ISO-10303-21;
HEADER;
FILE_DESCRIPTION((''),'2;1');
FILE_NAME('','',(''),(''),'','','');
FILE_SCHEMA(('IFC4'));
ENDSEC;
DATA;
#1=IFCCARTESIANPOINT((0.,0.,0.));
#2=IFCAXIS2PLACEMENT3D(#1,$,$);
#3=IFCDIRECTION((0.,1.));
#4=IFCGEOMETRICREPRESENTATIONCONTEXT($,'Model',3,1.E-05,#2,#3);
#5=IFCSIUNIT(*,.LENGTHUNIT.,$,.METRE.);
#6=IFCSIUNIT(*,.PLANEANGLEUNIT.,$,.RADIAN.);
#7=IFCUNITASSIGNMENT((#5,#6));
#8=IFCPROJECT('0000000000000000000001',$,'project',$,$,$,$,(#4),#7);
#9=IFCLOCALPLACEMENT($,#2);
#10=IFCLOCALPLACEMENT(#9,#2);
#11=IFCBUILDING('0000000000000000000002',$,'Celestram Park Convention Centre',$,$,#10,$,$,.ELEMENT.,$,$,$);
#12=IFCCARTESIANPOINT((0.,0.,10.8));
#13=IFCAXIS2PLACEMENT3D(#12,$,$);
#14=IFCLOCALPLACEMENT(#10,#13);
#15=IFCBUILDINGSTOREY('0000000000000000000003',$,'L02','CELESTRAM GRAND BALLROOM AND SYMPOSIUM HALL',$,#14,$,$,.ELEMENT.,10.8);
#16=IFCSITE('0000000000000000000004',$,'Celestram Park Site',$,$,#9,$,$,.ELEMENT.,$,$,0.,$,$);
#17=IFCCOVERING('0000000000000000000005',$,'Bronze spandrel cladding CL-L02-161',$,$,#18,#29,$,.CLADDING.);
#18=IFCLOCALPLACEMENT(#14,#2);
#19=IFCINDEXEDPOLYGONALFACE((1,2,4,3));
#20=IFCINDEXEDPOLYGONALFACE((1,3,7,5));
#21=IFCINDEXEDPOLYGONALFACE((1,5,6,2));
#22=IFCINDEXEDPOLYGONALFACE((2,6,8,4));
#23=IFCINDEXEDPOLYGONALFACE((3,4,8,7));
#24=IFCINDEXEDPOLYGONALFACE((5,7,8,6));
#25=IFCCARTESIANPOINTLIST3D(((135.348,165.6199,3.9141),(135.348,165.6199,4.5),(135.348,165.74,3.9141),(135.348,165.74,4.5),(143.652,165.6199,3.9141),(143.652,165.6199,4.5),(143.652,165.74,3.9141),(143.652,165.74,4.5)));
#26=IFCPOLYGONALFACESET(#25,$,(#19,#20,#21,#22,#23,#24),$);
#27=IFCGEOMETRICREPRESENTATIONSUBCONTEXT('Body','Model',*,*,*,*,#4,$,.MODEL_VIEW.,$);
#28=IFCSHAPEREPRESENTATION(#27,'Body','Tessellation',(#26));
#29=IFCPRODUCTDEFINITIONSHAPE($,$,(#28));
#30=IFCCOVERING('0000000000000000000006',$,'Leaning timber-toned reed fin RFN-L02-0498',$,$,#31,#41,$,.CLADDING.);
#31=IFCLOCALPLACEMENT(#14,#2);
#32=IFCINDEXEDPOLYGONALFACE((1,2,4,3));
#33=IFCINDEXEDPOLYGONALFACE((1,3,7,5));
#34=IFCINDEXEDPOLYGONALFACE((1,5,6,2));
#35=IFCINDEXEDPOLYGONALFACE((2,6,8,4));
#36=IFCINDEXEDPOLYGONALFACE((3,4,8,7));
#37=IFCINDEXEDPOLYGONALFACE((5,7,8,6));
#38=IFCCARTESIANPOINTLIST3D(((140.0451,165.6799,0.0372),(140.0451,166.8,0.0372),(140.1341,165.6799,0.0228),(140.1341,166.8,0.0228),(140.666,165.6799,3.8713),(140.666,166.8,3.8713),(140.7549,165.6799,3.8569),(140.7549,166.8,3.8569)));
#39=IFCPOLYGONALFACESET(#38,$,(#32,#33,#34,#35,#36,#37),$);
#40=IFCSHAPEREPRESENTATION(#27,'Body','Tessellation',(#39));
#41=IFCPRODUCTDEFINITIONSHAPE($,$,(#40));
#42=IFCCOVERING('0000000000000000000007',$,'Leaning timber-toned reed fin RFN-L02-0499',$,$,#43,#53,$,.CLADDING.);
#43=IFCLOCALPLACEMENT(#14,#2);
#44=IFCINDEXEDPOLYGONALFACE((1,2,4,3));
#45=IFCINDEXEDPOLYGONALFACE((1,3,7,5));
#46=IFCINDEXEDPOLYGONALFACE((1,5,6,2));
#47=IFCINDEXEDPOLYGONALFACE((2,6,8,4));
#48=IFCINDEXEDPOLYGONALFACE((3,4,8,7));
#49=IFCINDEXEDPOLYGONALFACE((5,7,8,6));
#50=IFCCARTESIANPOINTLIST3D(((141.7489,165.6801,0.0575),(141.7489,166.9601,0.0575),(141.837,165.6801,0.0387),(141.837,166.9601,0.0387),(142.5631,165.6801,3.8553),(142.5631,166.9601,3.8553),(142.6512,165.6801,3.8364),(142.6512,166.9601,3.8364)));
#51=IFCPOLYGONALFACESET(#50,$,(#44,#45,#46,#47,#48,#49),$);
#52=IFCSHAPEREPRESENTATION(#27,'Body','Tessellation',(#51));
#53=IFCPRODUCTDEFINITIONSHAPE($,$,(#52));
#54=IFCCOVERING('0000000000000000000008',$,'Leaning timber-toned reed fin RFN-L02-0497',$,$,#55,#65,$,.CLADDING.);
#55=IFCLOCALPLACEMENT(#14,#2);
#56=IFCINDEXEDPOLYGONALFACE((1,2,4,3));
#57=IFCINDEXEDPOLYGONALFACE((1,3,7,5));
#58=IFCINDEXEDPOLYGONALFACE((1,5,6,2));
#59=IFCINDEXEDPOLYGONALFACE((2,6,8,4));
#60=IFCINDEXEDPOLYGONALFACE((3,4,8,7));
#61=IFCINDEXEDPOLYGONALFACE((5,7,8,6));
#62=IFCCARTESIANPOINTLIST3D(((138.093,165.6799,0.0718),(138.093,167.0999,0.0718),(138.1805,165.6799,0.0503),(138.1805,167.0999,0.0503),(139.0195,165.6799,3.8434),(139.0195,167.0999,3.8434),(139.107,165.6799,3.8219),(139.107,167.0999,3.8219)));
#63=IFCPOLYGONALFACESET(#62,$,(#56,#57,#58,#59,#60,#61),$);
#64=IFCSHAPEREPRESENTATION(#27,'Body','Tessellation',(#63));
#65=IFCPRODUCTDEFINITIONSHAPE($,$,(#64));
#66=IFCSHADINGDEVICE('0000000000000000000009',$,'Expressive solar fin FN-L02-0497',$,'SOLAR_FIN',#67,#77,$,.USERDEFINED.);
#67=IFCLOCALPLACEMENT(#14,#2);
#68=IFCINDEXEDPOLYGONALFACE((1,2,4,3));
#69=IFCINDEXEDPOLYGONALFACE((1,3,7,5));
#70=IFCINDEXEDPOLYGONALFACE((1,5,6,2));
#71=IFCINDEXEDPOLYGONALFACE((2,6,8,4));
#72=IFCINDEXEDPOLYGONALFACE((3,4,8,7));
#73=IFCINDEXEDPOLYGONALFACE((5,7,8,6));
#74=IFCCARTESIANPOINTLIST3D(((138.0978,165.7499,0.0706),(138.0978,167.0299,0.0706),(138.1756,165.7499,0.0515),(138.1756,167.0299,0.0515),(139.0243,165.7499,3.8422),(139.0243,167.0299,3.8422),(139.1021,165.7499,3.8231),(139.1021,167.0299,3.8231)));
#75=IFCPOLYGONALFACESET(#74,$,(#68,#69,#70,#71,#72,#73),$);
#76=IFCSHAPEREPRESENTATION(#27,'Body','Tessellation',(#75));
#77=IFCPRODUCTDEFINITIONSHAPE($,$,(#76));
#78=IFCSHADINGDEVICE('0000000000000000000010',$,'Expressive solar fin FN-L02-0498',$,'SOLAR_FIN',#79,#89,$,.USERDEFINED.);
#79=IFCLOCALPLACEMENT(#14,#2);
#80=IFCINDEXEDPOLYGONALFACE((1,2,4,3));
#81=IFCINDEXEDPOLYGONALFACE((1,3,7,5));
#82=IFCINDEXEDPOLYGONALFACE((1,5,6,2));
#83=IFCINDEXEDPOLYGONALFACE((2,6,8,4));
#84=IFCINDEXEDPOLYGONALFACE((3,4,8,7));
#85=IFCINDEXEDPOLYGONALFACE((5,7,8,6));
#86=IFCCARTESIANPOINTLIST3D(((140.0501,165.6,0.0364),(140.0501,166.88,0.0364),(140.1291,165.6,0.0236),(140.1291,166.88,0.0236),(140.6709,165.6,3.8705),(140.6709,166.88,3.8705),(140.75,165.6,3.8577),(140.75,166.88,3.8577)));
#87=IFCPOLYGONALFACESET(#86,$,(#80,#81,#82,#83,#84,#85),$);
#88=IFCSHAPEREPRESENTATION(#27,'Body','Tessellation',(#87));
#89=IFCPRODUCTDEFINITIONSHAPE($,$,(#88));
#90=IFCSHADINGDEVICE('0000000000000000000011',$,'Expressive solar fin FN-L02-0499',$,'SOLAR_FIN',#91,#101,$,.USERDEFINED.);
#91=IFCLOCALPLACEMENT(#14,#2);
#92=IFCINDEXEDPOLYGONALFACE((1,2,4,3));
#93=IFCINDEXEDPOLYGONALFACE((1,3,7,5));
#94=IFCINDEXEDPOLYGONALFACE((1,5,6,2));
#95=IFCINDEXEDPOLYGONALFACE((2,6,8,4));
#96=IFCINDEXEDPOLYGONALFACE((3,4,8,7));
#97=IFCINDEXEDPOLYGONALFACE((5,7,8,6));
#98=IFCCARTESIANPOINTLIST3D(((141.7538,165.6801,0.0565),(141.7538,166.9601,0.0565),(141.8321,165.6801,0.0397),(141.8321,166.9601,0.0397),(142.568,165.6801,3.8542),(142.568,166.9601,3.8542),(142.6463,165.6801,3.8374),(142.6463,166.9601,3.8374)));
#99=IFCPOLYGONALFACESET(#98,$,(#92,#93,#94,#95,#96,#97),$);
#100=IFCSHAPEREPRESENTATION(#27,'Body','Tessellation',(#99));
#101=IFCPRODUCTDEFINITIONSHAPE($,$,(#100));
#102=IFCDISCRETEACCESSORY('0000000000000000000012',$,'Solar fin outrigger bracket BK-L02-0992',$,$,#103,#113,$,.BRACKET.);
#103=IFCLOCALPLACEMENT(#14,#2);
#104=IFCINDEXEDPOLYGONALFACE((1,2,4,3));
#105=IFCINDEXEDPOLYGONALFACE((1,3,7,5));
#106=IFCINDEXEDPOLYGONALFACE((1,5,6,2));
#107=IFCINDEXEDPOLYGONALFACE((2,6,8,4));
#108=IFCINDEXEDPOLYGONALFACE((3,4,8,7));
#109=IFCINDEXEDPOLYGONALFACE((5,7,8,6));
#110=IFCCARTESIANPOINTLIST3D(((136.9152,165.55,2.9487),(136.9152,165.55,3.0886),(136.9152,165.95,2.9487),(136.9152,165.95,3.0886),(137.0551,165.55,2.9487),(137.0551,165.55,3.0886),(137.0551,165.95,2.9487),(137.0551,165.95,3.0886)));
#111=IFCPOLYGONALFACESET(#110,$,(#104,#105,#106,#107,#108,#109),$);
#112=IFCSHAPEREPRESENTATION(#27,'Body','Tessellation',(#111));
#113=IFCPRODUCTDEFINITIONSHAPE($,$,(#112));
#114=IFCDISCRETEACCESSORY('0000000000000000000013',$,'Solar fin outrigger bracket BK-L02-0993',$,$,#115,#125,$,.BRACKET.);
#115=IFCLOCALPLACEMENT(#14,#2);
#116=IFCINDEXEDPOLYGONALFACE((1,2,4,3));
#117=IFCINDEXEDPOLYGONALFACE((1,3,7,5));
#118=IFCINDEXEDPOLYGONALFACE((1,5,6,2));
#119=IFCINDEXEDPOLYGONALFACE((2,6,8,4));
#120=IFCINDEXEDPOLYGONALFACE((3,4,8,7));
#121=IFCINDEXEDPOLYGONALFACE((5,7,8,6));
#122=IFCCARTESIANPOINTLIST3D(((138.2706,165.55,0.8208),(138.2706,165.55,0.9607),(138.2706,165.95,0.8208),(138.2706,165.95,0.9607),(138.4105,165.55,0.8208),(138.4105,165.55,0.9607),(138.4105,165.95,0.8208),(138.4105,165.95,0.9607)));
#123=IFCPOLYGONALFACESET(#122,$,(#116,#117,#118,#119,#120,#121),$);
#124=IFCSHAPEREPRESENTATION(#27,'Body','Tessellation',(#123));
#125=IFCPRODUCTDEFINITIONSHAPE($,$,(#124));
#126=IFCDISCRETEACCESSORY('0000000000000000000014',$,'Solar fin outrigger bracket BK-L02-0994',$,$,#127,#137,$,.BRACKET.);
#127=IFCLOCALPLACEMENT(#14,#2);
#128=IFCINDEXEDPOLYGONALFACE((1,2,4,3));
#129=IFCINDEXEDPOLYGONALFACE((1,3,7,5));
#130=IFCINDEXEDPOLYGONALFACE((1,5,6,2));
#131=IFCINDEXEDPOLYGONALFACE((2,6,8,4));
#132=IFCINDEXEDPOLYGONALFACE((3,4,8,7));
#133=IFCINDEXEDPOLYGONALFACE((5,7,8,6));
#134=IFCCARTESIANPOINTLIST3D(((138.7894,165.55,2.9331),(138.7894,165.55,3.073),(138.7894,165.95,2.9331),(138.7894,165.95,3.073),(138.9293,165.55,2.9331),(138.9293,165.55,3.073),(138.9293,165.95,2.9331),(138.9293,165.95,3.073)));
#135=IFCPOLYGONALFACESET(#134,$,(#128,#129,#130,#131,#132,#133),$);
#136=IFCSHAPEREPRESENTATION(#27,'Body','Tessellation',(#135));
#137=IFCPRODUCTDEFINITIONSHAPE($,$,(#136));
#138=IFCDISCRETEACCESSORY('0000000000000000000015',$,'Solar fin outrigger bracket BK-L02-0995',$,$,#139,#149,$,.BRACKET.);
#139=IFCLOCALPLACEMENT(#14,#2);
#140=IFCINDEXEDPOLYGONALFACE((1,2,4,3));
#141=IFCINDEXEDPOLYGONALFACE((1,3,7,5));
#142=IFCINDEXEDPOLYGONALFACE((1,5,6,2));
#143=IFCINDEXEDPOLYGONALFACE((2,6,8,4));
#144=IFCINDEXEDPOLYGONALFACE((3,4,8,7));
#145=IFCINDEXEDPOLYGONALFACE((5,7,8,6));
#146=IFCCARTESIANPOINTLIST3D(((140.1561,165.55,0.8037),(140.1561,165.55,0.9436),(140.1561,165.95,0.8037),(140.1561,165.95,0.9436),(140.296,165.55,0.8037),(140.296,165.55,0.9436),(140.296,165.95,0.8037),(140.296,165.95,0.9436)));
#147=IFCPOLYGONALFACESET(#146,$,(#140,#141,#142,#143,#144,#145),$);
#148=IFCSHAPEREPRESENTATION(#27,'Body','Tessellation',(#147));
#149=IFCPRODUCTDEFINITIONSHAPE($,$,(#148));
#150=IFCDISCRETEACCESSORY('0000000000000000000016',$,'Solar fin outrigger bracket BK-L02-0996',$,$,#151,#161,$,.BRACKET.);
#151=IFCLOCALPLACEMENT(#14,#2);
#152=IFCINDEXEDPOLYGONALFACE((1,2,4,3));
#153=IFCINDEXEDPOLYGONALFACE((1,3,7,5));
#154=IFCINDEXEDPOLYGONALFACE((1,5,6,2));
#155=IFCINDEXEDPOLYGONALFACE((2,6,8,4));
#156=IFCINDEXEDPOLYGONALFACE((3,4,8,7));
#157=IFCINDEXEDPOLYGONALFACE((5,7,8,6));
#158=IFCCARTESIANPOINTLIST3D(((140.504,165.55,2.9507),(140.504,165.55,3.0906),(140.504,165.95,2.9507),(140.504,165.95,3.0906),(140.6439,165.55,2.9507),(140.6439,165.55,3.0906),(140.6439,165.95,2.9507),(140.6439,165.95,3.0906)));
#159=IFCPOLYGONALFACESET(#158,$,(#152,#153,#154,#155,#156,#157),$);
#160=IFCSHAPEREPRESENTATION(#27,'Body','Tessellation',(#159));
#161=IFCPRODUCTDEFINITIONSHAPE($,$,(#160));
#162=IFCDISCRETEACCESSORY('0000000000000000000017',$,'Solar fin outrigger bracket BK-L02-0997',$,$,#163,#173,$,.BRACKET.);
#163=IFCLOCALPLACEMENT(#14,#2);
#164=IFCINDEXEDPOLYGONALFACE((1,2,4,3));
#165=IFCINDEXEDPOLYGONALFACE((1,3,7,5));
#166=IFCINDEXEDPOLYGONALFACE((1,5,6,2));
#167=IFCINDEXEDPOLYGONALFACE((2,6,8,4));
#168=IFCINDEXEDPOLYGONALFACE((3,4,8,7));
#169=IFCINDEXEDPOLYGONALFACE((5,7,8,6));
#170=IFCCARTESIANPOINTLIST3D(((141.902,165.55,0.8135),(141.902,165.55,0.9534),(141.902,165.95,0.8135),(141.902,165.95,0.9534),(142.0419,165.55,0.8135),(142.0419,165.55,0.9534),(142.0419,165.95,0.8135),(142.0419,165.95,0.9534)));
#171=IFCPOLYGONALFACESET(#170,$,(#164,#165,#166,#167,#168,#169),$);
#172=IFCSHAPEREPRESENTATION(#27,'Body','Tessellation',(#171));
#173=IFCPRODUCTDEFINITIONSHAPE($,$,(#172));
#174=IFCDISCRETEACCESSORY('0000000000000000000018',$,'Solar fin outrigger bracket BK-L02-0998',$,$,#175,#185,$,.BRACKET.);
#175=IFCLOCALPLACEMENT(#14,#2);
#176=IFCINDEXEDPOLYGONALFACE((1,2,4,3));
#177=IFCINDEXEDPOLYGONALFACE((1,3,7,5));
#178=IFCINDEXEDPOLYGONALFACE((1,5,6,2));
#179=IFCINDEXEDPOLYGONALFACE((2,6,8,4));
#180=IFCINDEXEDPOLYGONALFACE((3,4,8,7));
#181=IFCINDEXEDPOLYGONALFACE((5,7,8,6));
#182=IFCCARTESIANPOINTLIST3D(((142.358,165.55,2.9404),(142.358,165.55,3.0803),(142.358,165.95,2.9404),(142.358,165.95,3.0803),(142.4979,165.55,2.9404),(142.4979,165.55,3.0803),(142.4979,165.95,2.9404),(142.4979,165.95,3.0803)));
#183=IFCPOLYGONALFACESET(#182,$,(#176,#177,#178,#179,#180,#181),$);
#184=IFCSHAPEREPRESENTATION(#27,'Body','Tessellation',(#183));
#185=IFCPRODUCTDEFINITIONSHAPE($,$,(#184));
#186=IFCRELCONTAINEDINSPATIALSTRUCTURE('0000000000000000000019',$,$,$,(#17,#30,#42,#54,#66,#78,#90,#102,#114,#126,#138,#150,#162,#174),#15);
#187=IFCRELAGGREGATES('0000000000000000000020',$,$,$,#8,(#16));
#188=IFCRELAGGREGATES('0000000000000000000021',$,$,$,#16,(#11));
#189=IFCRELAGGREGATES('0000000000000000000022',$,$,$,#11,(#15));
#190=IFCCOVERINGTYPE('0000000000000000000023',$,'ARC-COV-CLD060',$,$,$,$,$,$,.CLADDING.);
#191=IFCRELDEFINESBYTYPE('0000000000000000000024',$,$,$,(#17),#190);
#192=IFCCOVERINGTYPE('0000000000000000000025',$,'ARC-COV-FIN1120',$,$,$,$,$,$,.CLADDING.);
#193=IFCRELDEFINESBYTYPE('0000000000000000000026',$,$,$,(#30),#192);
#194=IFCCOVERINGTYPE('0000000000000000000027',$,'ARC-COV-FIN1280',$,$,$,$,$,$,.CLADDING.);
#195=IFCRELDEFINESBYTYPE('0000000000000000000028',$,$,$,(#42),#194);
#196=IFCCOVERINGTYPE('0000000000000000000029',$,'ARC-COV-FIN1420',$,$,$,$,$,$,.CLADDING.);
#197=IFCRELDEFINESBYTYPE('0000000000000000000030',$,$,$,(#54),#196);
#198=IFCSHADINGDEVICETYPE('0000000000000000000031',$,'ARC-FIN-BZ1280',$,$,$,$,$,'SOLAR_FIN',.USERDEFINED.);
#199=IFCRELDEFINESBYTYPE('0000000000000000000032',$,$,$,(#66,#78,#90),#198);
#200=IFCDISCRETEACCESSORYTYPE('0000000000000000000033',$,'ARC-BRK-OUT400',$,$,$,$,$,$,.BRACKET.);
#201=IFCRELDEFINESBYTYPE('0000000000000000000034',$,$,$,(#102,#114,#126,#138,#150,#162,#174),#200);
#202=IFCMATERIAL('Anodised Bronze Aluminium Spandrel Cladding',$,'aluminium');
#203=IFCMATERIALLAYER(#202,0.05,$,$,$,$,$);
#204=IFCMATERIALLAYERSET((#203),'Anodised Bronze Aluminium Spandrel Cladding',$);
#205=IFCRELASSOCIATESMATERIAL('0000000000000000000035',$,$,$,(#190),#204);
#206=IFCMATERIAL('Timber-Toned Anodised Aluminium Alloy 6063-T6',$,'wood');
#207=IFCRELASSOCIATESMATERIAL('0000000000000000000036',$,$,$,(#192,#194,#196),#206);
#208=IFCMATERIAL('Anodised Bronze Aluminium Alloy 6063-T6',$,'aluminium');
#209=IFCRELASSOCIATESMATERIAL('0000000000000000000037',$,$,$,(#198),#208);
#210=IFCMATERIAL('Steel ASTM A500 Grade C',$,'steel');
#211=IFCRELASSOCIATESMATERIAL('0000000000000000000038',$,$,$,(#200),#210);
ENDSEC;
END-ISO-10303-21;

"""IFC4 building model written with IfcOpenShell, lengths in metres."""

from ifc_helpers import new_model, si_unit, direction, frame, origin, origin_2d, place, context, subcontext, project, spatial, rectangle, extrude, material, layer, layer_set, material_profile, profile_set, type_object, element, save


model = new_model("IFC4")

# Units and contexts
model_context = context("Model", 3, precision=1e-05, world=origin(), true_north=direction((0.0, 1.0)))
body_context = subcontext(model_context, "Body", "Model", "MODEL_VIEW")
ifc_project = project(units=[si_unit("LENGTHUNIT", "METRE"), si_unit("PLANEANGLEUNIT", "RADIAN")], contexts=[model_context])

# Site, building, storey
site_placement = place(None, origin())
site = spatial("IfcSite", under=ifc_project, at=site_placement, Name="Celestram Park Site", CompositionType="ELEMENT", RefElevation=0.0)
building_placement = place(site_placement, origin())
building = spatial("IfcBuilding", under=site, at=building_placement, Name="Celestram Park Convention Centre", CompositionType="ELEMENT")
storey_placement = place(building_placement, frame((0.0, 0.0, 10.8)))
storey = spatial("IfcBuildingStorey", under=building, at=storey_placement, Name="L02", Description="CELESTRAM GRAND BALLROOM AND SYMPOSIUM HALL", CompositionType="ELEMENT", Elevation=10.8)

# Coverings
ifc_material_1 = material(Name="Anodised Bronze Aluminium Spandrel Cladding", Category="aluminium")
ifc_layer_1 = layer(ifc_material_1, 0.05)
ifc_layer_set_1 = layer_set([ifc_layer_1], Name="Anodised Bronze Aluminium Spandrel Cladding")
covering_type_1 = type_object("IfcCoveringType", Name="ARC-COV-CLD060", PredefinedType="CLADDING", material=ifc_layer_set_1)
covering_1_placement = place(storey_placement, frame((139.5, 165.6799, 3.9141), z_axis=(0.0, 0.0, 1.0), x_axis=(1.0, 0.0, 0.0)))
element("IfcCovering", 1, at=covering_1_placement, inside=storey, type_object=covering_type_1, Name="Bronze spandrel cladding CL-L02-161", PredefinedType="CLADDING", context=body_context, shape_type="SweptSolid", body=[
    extrude(rectangle(XDim=8.304, YDim=0.1201, at=origin_2d()), origin(), (0.0, 0.0, 1.0), 0.5859),
])
ifc_material_2 = material(Name="Timber-Toned Anodised Aluminium Alloy 6063-T6", Category="wood")
ifc_material_profile_1 = material_profile(ifc_material_2, rectangle(XDim=1.1201, YDim=0.0901, at=origin_2d()), Name="REED1120X90")
ifc_profile_set_1 = profile_set([ifc_material_profile_1], Name="Timber-Toned Anodised Aluminium Alloy 6063-T6")
covering_type_2 = type_object("IfcCoveringType", Name="ARC-COV-FIN1120", PredefinedType="CLADDING", material=ifc_profile_set_1)
covering_2_placement = place(storey_placement, frame((140.0896, 166.24, 0.03), z_axis=(0.159851, 0.0, 0.987141), x_axis=(0.0, 1.0, 0.0)))
element("IfcCovering", 2, at=covering_2_placement, inside=storey, type_object=covering_type_2, Name="Leaning timber-toned reed fin RFN-L02-0498", PredefinedType="CLADDING", context=body_context, shape_type="SweptSolid", body=[
    extrude(rectangle(XDim=1.1201, YDim=0.0901, at=origin_2d()), origin(), (0.0, 0.0, 1.0), 3.884),
])
ifc_material_profile_2 = material_profile(ifc_material_2, rectangle(XDim=1.28, YDim=0.0901, at=origin_2d()), Name="REED1280X90")
ifc_profile_set_2 = profile_set([ifc_material_profile_2], Name="Timber-Toned Anodised Aluminium Alloy 6063-T6")
covering_type_3 = type_object("IfcCoveringType", Name="ARC-COV-FIN1280", PredefinedType="CLADDING", material=ifc_profile_set_2)
covering_3_placement = place(storey_placement, frame((141.793, 166.3201, 0.0481), z_axis=(0.209624, 0.0, 0.977782), x_axis=(0.0, 1.0, 0.0)))
element("IfcCovering", 3, at=covering_3_placement, inside=storey, type_object=covering_type_3, Name="Leaning timber-toned reed fin RFN-L02-0499", PredefinedType="CLADDING", context=body_context, shape_type="SweptSolid", body=[
    extrude(rectangle(XDim=1.28, YDim=0.0901, at=origin_2d()), origin(), (0.0, 0.0, 1.0), 3.884),
])
ifc_material_profile_3 = material_profile(ifc_material_2, rectangle(XDim=1.4199, YDim=0.0901, at=origin_2d()), Name="REED1420X90")
ifc_profile_set_3 = profile_set([ifc_material_profile_3], Name="Timber-Toned Anodised Aluminium Alloy 6063-T6")
covering_type_4 = type_object("IfcCoveringType", Name="ARC-COV-FIN1420", PredefinedType="CLADDING", material=ifc_profile_set_3)
covering_4_placement = place(storey_placement, frame((138.1367, 166.3899, 0.061), z_axis=(0.238555, 0.0, 0.971129), x_axis=(0.0, 1.0, 0.0)))
element("IfcCovering", 4, at=covering_4_placement, inside=storey, type_object=covering_type_4, Name="Leaning timber-toned reed fin RFN-L02-0497", PredefinedType="CLADDING", context=body_context, shape_type="SweptSolid", body=[
    extrude(rectangle(XDim=1.4199, YDim=0.0901, at=origin_2d()), origin(), (0.0, 0.0, 1.0), 3.8838),
])

# Shading devices
ifc_material_3 = material(Name="Anodised Bronze Aluminium Alloy 6063-T6", Category="aluminium")
ifc_material_profile_4 = material_profile(ifc_material_3, rectangle(XDim=1.28, YDim=0.0801, at=origin_2d()), Name="FIN1280X80")
ifc_profile_set_4 = profile_set([ifc_material_profile_4], Name="Anodised Bronze Aluminium Alloy 6063-T6")
shading_device_type = type_object("IfcShadingDeviceType", Name="ARC-FIN-BZ1280", ElementType="SOLAR_FIN", PredefinedType="USERDEFINED", material=ifc_profile_set_4)
shading_device_placement = place(storey_placement, frame((138.1367, 166.3899, 0.061), z_axis=(0.238555, 0.0, 0.971129), x_axis=(0.0, 1.0, 0.0)))
element("IfcShadingDevice", 5, at=shading_device_placement, inside=storey, type_object=shading_device_type, Name="Expressive solar fin FN-L02-0497", ObjectType="SOLAR_FIN", PredefinedType="USERDEFINED", context=body_context, shape_type="SweptSolid", body=[
    extrude(rectangle(XDim=1.28, YDim=0.0801, at=origin_2d()), origin(), (0.0, 0.0, 1.0), 3.8838),
])
for number, where, z_axis, x_axis, name in (
    (6, (140.0896, 166.24, 0.03), (0.159851, 0.0, 0.987141), (0.0, 1.0, 0.0), "Expressive solar fin FN-L02-0498"),
    (7, (141.793, 166.3201, 0.0481), (0.209624, 0.0, 0.977782), (0.0, 1.0, 0.0), "Expressive solar fin FN-L02-0499"),
):
    element("IfcShadingDevice", number, at=place(storey_placement, frame(where, z_axis=z_axis, x_axis=x_axis)), inside=storey, type_object=shading_device_type, Name=name, ObjectType="SOLAR_FIN", PredefinedType="USERDEFINED", context=body_context, shape_type="SweptSolid", body=[
        extrude(rectangle(XDim=1.28, YDim=0.0801, at=origin_2d()), origin(), (0.0, 0.0, 1.0), 3.884),
    ])

# Discrete accessories
ifc_material_4 = material(Name="Steel ASTM A500 Grade C", Category="steel")
discrete_accessory_type = type_object("IfcDiscreteAccessoryType", Name="ARC-BRK-OUT400", PredefinedType="BRACKET", material=ifc_material_4)
for number, where, z_axis, x_axis, name in (
    (8, (136.9851, 165.75, 2.9487), (0.0, 0.0, 1.0), (0.0, 1.0, 0.0), "Solar fin outrigger bracket BK-L02-0992"),
    (9, (138.3406, 165.75, 0.8208), (0.0, 0.0, 1.0), (0.0, 1.0, 0.0), "Solar fin outrigger bracket BK-L02-0993"),
    (10, (138.8594, 165.75, 2.9331), (0.0, 0.0, 1.0), (0.0, 1.0, 0.0), "Solar fin outrigger bracket BK-L02-0994"),
    (11, (140.2261, 165.75, 0.8037), (0.0, 0.0, 1.0), (0.0, 1.0, 0.0), "Solar fin outrigger bracket BK-L02-0995"),
    (12, (140.574, 165.75, 2.9507), (0.0, 0.0, 1.0), (0.0, 1.0, 0.0), "Solar fin outrigger bracket BK-L02-0996"),
    (13, (141.9719, 165.75, 0.8135), (0.0, 0.0, 1.0), (0.0, 1.0, 0.0), "Solar fin outrigger bracket BK-L02-0997"),
    (14, (142.428, 165.75, 2.9404), (0.0, 0.0, 1.0), (0.0, 1.0, 0.0), "Solar fin outrigger bracket BK-L02-0998"),
):
    element("IfcDiscreteAccessory", number, at=place(storey_placement, frame(where, z_axis=z_axis, x_axis=x_axis)), inside=storey, type_object=discrete_accessory_type, Name=name, PredefinedType="BRACKET", context=body_context, shape_type="SweptSolid", body=[
        extrude(rectangle(XDim=0.3999, YDim=0.1399, at=origin_2d()), origin(), (0.0, 0.0, 1.0), 0.1399),
    ])

save(model, "model.ifc")
